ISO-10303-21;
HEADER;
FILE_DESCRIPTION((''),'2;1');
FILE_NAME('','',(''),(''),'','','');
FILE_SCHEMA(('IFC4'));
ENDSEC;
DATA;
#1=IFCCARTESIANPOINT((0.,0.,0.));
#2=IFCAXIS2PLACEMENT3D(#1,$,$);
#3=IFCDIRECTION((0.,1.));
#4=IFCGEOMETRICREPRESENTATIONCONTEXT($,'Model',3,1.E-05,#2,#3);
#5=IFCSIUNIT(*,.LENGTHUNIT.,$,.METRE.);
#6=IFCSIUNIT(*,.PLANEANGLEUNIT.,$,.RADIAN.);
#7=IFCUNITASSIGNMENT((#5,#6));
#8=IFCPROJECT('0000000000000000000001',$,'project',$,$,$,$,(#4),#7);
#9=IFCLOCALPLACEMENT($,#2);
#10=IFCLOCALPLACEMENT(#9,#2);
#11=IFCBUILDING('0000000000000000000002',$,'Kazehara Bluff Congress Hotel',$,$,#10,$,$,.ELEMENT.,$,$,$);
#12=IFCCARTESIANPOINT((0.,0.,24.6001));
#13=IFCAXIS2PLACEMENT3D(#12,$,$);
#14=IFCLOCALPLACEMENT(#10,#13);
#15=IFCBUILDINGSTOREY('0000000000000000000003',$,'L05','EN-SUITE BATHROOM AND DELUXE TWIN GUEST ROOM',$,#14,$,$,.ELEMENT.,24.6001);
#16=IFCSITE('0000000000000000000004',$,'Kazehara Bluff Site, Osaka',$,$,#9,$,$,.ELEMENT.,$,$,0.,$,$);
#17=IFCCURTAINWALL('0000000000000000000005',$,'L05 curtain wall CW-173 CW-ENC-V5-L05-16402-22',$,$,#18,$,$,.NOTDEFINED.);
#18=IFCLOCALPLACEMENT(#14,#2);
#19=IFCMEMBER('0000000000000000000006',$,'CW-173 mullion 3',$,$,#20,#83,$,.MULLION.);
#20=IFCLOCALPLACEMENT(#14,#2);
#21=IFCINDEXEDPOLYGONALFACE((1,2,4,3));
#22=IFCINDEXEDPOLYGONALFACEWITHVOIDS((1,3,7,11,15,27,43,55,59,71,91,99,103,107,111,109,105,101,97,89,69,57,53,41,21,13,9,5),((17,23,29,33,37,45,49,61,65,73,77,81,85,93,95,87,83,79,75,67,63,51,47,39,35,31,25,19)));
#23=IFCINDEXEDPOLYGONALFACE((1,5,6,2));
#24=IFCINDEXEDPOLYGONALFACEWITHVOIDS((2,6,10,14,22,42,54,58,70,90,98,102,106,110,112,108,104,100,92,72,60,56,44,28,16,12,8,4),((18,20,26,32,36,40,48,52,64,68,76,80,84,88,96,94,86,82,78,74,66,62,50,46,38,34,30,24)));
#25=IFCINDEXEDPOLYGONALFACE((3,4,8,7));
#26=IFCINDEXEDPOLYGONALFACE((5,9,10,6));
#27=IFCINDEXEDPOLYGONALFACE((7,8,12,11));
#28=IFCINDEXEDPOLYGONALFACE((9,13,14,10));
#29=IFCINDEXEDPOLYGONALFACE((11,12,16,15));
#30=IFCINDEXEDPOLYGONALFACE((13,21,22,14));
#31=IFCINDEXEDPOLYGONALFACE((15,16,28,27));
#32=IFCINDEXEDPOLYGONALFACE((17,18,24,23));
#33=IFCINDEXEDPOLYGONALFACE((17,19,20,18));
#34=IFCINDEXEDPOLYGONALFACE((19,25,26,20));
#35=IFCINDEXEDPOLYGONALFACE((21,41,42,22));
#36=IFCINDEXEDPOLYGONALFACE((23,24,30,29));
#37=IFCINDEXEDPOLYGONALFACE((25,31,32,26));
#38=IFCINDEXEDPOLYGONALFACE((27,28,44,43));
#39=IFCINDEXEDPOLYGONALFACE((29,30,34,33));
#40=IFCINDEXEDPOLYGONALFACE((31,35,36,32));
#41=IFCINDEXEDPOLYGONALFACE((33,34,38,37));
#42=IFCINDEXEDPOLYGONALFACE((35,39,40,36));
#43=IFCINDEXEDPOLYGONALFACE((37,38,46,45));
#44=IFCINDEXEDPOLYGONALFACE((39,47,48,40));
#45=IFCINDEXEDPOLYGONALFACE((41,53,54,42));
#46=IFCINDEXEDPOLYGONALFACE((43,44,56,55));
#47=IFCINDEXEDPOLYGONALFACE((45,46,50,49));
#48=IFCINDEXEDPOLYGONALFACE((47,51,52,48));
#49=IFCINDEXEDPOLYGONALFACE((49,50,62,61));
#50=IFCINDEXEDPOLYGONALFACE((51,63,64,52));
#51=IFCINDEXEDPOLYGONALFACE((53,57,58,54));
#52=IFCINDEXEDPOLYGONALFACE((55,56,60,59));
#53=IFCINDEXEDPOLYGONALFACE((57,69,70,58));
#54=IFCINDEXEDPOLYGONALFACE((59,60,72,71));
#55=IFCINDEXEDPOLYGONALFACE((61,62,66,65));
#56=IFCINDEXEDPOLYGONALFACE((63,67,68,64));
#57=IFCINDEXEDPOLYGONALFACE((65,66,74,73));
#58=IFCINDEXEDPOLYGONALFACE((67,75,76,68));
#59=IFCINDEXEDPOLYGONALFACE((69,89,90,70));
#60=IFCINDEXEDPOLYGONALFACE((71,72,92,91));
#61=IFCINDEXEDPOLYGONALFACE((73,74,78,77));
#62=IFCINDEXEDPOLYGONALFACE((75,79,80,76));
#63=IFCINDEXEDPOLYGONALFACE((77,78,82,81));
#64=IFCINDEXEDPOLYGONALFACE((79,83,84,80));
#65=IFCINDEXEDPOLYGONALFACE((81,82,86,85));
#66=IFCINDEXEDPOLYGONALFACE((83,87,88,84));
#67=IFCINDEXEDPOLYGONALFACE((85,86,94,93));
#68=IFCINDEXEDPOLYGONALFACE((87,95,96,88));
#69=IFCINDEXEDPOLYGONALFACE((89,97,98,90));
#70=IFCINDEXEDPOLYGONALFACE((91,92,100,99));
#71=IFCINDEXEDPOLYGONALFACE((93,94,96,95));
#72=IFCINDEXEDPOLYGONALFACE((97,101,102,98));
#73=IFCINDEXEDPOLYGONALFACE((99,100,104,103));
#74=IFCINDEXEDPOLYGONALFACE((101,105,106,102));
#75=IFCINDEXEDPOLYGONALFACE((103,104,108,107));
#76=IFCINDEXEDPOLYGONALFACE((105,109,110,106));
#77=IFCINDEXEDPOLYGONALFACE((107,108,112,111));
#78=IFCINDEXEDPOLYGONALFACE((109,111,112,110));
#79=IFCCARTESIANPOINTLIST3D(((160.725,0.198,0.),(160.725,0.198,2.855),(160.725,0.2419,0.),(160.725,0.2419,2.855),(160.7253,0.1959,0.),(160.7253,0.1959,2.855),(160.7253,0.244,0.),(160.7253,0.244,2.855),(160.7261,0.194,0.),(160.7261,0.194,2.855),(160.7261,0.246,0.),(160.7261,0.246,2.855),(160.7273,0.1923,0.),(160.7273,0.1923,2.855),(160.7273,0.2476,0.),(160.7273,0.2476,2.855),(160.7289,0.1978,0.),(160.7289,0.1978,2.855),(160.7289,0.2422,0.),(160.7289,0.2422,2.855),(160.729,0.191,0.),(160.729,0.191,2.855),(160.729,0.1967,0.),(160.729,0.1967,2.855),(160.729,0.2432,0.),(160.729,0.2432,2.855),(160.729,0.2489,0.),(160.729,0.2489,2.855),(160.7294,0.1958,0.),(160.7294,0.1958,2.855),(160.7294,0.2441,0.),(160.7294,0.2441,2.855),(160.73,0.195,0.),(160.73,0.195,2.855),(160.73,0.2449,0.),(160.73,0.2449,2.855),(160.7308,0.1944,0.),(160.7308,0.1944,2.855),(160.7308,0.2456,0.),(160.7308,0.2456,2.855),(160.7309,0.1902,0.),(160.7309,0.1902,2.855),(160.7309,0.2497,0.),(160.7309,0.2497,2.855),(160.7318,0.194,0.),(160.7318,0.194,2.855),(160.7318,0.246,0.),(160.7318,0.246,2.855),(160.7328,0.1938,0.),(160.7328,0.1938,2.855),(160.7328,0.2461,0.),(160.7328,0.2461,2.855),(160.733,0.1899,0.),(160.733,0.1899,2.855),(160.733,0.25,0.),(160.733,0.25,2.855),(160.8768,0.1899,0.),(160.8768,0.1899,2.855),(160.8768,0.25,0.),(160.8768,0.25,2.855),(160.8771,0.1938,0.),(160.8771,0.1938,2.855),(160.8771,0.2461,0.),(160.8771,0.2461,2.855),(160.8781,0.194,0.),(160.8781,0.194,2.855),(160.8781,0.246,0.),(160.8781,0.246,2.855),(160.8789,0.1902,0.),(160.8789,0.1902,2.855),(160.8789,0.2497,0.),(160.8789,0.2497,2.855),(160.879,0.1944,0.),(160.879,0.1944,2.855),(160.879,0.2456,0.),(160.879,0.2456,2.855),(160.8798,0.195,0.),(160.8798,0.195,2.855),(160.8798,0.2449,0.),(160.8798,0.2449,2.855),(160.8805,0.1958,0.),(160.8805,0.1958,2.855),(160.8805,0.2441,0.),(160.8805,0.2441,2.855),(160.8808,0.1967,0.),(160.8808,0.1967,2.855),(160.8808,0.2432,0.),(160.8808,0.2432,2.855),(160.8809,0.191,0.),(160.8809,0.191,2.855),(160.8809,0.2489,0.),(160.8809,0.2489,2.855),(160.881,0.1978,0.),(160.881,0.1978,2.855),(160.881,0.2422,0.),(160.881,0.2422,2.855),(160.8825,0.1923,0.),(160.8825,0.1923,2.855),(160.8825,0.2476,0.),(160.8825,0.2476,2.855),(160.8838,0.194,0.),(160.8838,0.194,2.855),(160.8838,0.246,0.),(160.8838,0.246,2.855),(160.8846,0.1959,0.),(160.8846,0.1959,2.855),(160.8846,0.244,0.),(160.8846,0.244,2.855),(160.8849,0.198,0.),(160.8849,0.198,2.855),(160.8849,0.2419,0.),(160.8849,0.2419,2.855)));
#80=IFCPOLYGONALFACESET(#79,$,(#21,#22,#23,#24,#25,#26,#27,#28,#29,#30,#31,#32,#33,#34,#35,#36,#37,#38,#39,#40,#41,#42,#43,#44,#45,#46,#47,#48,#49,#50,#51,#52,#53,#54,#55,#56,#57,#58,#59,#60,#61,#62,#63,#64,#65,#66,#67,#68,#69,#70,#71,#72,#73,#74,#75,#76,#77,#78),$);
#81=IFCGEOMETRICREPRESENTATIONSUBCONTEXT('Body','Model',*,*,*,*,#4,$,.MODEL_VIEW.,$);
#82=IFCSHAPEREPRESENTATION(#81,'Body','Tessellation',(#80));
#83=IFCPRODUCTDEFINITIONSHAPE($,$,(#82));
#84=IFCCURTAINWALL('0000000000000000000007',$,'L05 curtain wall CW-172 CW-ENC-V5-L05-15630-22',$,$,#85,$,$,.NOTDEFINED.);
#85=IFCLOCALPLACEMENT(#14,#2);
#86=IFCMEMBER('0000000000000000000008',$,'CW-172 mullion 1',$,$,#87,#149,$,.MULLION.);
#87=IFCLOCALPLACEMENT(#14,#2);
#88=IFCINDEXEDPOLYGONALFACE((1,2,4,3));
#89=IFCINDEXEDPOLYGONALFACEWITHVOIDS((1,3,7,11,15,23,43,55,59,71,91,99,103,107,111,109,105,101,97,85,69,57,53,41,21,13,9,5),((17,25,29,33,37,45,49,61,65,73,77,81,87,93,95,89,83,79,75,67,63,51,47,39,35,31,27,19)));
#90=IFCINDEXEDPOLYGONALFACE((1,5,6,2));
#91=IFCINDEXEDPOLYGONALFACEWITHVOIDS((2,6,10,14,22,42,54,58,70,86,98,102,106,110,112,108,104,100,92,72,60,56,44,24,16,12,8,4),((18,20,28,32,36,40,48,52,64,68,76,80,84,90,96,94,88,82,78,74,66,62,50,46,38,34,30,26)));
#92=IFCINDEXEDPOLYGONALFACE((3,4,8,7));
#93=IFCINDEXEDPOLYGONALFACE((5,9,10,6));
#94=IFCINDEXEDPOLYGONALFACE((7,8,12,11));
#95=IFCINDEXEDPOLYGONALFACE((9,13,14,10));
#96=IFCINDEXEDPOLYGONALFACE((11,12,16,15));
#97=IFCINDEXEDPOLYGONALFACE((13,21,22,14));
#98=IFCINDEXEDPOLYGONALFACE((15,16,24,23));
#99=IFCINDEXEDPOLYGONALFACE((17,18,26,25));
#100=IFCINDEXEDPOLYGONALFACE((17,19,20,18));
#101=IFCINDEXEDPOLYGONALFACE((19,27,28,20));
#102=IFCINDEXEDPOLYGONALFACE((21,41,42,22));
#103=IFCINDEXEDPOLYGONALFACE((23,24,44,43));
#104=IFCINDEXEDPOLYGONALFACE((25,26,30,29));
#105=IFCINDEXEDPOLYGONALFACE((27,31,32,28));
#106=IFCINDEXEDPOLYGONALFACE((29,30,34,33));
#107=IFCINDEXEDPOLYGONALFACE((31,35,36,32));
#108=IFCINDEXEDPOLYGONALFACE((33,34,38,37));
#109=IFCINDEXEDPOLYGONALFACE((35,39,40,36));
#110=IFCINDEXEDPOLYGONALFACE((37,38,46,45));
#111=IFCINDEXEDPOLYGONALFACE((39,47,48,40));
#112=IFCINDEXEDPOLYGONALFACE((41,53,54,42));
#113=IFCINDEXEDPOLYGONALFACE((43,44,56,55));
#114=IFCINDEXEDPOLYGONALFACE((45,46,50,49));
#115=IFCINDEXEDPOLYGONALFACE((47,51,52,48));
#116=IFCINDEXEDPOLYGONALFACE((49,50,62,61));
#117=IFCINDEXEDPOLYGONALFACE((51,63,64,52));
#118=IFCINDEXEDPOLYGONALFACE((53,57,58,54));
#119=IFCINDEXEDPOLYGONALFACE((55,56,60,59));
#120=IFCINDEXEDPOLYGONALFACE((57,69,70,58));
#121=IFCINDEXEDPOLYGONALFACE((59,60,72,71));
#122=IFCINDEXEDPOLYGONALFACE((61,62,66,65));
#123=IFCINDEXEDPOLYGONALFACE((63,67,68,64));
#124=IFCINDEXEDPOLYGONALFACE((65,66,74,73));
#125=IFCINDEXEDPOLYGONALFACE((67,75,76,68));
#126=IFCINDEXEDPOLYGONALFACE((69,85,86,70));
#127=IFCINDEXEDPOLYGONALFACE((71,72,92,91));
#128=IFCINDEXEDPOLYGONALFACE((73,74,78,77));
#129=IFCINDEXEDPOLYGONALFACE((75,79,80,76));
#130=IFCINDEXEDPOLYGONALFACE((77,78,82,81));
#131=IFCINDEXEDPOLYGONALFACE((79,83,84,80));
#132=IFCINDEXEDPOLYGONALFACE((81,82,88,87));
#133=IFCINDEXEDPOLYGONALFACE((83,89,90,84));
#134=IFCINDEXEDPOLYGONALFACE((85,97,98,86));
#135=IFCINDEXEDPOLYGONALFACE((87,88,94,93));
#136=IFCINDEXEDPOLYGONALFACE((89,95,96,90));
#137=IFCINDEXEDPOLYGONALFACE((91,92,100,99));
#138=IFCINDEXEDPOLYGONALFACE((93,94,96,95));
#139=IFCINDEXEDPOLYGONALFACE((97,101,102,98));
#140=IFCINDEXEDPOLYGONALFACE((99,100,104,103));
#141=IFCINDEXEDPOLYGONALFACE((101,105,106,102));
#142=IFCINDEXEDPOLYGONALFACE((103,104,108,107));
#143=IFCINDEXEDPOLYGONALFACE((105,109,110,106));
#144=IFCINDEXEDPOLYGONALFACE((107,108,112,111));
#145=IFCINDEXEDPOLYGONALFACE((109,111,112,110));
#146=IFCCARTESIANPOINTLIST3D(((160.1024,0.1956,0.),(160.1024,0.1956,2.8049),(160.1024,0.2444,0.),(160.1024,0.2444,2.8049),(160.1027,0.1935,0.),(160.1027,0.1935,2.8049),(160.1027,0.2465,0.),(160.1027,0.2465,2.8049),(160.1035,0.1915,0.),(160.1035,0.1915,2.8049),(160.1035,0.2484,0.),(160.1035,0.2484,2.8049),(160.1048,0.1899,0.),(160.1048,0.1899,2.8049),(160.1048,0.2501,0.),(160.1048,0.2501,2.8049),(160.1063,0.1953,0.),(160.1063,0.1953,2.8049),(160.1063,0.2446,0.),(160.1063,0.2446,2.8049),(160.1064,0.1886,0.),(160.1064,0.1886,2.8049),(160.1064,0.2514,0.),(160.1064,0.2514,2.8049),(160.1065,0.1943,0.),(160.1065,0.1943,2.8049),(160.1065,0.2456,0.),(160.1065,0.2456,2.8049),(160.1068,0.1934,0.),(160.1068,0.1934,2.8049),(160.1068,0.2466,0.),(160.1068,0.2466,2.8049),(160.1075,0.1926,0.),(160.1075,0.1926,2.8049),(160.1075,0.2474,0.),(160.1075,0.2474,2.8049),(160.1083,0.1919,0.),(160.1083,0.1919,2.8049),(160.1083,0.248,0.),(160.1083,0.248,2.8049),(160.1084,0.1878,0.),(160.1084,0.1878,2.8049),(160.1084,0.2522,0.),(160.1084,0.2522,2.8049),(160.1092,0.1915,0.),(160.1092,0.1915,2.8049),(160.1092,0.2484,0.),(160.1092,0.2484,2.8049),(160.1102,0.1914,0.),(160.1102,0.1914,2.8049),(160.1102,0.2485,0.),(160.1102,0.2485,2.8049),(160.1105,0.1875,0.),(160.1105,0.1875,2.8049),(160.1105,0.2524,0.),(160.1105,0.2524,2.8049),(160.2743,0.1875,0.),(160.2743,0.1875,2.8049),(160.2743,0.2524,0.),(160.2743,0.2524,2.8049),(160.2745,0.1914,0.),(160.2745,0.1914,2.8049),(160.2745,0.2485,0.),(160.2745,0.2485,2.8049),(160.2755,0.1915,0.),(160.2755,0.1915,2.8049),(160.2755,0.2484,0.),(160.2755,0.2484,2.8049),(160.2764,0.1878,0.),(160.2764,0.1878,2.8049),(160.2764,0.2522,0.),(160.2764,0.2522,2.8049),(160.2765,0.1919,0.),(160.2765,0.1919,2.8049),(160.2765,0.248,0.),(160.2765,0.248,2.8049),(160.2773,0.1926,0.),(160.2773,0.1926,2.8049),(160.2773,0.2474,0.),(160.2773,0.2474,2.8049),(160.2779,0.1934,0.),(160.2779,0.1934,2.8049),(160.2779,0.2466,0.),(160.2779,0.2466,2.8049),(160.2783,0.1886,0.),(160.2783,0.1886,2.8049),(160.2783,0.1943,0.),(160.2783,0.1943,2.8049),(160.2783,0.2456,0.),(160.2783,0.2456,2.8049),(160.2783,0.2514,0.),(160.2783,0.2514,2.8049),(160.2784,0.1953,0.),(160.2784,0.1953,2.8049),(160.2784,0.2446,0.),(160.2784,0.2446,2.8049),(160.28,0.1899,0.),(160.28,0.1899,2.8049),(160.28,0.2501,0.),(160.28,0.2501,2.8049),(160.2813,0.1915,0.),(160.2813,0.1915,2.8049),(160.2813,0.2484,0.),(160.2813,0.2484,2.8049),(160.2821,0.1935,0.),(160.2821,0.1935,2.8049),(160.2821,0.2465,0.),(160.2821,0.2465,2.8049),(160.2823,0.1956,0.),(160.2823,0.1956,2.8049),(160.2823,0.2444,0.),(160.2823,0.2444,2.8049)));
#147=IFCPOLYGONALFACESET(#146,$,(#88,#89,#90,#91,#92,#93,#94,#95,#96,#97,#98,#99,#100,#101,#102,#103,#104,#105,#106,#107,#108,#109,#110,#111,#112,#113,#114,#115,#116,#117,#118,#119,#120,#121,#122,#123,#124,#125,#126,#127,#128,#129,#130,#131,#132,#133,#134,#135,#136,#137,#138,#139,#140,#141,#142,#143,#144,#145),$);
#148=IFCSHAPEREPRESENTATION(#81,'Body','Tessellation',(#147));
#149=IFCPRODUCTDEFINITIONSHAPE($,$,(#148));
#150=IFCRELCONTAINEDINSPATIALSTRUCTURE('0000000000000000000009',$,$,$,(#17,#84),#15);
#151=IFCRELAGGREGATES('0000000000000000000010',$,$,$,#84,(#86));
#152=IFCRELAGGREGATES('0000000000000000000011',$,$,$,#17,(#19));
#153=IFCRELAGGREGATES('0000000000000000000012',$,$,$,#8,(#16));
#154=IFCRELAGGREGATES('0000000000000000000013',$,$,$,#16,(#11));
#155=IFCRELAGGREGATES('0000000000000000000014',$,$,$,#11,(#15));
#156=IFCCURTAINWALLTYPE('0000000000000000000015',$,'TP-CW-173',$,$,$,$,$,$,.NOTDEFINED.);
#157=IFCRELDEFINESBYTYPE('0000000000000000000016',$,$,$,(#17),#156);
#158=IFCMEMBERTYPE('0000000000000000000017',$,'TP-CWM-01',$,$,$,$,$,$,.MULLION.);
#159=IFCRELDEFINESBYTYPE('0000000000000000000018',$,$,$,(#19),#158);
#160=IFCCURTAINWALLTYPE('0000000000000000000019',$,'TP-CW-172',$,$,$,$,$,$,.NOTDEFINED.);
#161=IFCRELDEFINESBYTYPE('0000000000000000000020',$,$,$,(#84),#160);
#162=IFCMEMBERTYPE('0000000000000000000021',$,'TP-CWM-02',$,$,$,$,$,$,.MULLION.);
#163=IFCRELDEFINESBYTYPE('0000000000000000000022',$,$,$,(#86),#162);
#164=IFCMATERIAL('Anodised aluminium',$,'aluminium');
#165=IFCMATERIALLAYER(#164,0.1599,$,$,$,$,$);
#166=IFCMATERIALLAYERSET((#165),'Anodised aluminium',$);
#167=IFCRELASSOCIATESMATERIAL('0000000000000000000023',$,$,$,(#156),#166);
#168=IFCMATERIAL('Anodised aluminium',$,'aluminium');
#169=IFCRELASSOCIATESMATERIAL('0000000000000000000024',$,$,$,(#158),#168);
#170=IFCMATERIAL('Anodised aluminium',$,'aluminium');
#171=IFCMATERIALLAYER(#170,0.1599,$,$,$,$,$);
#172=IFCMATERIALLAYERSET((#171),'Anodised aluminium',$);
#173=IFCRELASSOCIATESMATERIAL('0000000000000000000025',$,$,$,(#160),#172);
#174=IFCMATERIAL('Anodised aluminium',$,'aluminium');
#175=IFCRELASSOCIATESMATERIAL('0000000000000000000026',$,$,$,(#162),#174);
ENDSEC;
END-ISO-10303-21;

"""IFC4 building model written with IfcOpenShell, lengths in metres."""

from ifc_helpers import new_model, si_unit, direction, frame, origin, origin_2d, place, context, subcontext, project, spatial, hollow_rectangle, extrude, material, layer, layer_set, material_profile, profile_set, type_object, element, aggregate, save


model = new_model("IFC4")

# Units and contexts
model_context = context("Model", 3, precision=1e-05, world=origin(), true_north=direction((0.0, 1.0)))
body_context = subcontext(model_context, "Body", "Model", "MODEL_VIEW")
ifc_project = project(units=[si_unit("LENGTHUNIT", "METRE"), si_unit("PLANEANGLEUNIT", "RADIAN")], contexts=[model_context])

# Site, building, storey
site_placement = place(None, origin())
site = spatial("IfcSite", under=ifc_project, at=site_placement, Name="Kazehara Bluff Site, Osaka", CompositionType="ELEMENT", RefElevation=0.0)
building_placement = place(site_placement, origin())
building = spatial("IfcBuilding", under=site, at=building_placement, Name="Kazehara Bluff Congress Hotel", CompositionType="ELEMENT")
storey_placement = place(building_placement, frame((0.0, 0.0, 24.6001)))
storey = spatial("IfcBuildingStorey", under=building, at=storey_placement, Name="L05", Description="EN-SUITE BATHROOM AND DELUXE TWIN GUEST ROOM", CompositionType="ELEMENT", Elevation=24.6001)

# Curtain wall, member
ifc_material_1 = material(Name="Anodised aluminium", Category="aluminium")
ifc_layer_1 = layer(ifc_material_1, 0.1599)
ifc_layer_set_1 = layer_set([ifc_layer_1], Name="Anodised aluminium")
curtain_wall_type_1 = type_object("IfcCurtainWallType", Name="TP-CW-173", PredefinedType="NOTDEFINED", material=ifc_layer_set_1)
curtain_wall_1_placement = place(storey_placement, origin())
curtain_wall_1 = element("IfcCurtainWall", 1, at=curtain_wall_1_placement, inside=storey, type_object=curtain_wall_type_1, Name="L05 curtain wall CW-173 CW-ENC-V5-L05-16402-22", PredefinedType="NOTDEFINED")
ifc_material_2 = material(Name="Anodised aluminium", Category="aluminium")
ifc_material_profile_1 = material_profile(ifc_material_2, hollow_rectangle(XDim=0.0601, YDim=0.1599, WallThickness=0.0039, InnerFilletRadius=0.0039, OuterFilletRadius=0.0081, at=origin_2d()))
ifc_profile_set_1 = profile_set([ifc_material_profile_1], Name="Anodised aluminium")
member_type_1 = type_object("IfcMemberType", Name="TP-CWM-01", PredefinedType="MULLION", material=ifc_profile_set_1)
member_1_placement = place(storey_placement, frame((160.8049, 0.22, 0.0), z_axis=(0.0, 0.0, 1.0), x_axis=(0.0, -1.0, 0.0)))
member_1 = element("IfcMember", 2, at=member_1_placement, type_object=member_type_1, Name="CW-173 mullion 3", PredefinedType="MULLION", context=body_context, shape_type="SweptSolid", body=[
    extrude(hollow_rectangle(XDim=0.0601, YDim=0.1599, WallThickness=0.0039, InnerFilletRadius=0.0039, OuterFilletRadius=0.0081, at=origin_2d()), origin(), (0.0, 0.0, 1.0), 2.855),
])

# Curtain wall, member
ifc_material_3 = material(Name="Anodised aluminium", Category="aluminium")
ifc_layer_2 = layer(ifc_material_3, 0.1599)
ifc_layer_set_2 = layer_set([ifc_layer_2], Name="Anodised aluminium")
curtain_wall_type_2 = type_object("IfcCurtainWallType", Name="TP-CW-172", PredefinedType="NOTDEFINED", material=ifc_layer_set_2)
curtain_wall_2_placement = place(storey_placement, origin())
curtain_wall_2 = element("IfcCurtainWall", 3, at=curtain_wall_2_placement, inside=storey, type_object=curtain_wall_type_2, Name="L05 curtain wall CW-172 CW-ENC-V5-L05-15630-22", PredefinedType="NOTDEFINED")
ifc_material_4 = material(Name="Anodised aluminium", Category="aluminium")
ifc_material_profile_2 = material_profile(ifc_material_4, hollow_rectangle(XDim=0.0649, YDim=0.1799, WallThickness=0.0039, InnerFilletRadius=0.0039, OuterFilletRadius=0.0081, at=origin_2d()))
ifc_profile_set_2 = profile_set([ifc_material_profile_2], Name="Anodised aluminium")
member_type_2 = type_object("IfcMemberType", Name="TP-CWM-02", PredefinedType="MULLION", material=ifc_profile_set_2)
member_2_placement = place(storey_placement, frame((160.1924, 0.22, 0.0), z_axis=(0.0, 0.0, 1.0), x_axis=(0.0, -1.0, 0.0)))
member_2 = element("IfcMember", 4, at=member_2_placement, type_object=member_type_2, Name="CW-172 mullion 1", PredefinedType="MULLION", context=body_context, shape_type="SweptSolid", body=[
    extrude(hollow_rectangle(XDim=0.0649, YDim=0.1799, WallThickness=0.0039, InnerFilletRadius=0.0039, OuterFilletRadius=0.0081, at=origin_2d()), origin(), (0.0, 0.0, 1.0), 2.8049),
])
aggregate(curtain_wall_2, [member_2])

aggregate(curtain_wall_1, [member_1])

save(model, "model.ifc")
